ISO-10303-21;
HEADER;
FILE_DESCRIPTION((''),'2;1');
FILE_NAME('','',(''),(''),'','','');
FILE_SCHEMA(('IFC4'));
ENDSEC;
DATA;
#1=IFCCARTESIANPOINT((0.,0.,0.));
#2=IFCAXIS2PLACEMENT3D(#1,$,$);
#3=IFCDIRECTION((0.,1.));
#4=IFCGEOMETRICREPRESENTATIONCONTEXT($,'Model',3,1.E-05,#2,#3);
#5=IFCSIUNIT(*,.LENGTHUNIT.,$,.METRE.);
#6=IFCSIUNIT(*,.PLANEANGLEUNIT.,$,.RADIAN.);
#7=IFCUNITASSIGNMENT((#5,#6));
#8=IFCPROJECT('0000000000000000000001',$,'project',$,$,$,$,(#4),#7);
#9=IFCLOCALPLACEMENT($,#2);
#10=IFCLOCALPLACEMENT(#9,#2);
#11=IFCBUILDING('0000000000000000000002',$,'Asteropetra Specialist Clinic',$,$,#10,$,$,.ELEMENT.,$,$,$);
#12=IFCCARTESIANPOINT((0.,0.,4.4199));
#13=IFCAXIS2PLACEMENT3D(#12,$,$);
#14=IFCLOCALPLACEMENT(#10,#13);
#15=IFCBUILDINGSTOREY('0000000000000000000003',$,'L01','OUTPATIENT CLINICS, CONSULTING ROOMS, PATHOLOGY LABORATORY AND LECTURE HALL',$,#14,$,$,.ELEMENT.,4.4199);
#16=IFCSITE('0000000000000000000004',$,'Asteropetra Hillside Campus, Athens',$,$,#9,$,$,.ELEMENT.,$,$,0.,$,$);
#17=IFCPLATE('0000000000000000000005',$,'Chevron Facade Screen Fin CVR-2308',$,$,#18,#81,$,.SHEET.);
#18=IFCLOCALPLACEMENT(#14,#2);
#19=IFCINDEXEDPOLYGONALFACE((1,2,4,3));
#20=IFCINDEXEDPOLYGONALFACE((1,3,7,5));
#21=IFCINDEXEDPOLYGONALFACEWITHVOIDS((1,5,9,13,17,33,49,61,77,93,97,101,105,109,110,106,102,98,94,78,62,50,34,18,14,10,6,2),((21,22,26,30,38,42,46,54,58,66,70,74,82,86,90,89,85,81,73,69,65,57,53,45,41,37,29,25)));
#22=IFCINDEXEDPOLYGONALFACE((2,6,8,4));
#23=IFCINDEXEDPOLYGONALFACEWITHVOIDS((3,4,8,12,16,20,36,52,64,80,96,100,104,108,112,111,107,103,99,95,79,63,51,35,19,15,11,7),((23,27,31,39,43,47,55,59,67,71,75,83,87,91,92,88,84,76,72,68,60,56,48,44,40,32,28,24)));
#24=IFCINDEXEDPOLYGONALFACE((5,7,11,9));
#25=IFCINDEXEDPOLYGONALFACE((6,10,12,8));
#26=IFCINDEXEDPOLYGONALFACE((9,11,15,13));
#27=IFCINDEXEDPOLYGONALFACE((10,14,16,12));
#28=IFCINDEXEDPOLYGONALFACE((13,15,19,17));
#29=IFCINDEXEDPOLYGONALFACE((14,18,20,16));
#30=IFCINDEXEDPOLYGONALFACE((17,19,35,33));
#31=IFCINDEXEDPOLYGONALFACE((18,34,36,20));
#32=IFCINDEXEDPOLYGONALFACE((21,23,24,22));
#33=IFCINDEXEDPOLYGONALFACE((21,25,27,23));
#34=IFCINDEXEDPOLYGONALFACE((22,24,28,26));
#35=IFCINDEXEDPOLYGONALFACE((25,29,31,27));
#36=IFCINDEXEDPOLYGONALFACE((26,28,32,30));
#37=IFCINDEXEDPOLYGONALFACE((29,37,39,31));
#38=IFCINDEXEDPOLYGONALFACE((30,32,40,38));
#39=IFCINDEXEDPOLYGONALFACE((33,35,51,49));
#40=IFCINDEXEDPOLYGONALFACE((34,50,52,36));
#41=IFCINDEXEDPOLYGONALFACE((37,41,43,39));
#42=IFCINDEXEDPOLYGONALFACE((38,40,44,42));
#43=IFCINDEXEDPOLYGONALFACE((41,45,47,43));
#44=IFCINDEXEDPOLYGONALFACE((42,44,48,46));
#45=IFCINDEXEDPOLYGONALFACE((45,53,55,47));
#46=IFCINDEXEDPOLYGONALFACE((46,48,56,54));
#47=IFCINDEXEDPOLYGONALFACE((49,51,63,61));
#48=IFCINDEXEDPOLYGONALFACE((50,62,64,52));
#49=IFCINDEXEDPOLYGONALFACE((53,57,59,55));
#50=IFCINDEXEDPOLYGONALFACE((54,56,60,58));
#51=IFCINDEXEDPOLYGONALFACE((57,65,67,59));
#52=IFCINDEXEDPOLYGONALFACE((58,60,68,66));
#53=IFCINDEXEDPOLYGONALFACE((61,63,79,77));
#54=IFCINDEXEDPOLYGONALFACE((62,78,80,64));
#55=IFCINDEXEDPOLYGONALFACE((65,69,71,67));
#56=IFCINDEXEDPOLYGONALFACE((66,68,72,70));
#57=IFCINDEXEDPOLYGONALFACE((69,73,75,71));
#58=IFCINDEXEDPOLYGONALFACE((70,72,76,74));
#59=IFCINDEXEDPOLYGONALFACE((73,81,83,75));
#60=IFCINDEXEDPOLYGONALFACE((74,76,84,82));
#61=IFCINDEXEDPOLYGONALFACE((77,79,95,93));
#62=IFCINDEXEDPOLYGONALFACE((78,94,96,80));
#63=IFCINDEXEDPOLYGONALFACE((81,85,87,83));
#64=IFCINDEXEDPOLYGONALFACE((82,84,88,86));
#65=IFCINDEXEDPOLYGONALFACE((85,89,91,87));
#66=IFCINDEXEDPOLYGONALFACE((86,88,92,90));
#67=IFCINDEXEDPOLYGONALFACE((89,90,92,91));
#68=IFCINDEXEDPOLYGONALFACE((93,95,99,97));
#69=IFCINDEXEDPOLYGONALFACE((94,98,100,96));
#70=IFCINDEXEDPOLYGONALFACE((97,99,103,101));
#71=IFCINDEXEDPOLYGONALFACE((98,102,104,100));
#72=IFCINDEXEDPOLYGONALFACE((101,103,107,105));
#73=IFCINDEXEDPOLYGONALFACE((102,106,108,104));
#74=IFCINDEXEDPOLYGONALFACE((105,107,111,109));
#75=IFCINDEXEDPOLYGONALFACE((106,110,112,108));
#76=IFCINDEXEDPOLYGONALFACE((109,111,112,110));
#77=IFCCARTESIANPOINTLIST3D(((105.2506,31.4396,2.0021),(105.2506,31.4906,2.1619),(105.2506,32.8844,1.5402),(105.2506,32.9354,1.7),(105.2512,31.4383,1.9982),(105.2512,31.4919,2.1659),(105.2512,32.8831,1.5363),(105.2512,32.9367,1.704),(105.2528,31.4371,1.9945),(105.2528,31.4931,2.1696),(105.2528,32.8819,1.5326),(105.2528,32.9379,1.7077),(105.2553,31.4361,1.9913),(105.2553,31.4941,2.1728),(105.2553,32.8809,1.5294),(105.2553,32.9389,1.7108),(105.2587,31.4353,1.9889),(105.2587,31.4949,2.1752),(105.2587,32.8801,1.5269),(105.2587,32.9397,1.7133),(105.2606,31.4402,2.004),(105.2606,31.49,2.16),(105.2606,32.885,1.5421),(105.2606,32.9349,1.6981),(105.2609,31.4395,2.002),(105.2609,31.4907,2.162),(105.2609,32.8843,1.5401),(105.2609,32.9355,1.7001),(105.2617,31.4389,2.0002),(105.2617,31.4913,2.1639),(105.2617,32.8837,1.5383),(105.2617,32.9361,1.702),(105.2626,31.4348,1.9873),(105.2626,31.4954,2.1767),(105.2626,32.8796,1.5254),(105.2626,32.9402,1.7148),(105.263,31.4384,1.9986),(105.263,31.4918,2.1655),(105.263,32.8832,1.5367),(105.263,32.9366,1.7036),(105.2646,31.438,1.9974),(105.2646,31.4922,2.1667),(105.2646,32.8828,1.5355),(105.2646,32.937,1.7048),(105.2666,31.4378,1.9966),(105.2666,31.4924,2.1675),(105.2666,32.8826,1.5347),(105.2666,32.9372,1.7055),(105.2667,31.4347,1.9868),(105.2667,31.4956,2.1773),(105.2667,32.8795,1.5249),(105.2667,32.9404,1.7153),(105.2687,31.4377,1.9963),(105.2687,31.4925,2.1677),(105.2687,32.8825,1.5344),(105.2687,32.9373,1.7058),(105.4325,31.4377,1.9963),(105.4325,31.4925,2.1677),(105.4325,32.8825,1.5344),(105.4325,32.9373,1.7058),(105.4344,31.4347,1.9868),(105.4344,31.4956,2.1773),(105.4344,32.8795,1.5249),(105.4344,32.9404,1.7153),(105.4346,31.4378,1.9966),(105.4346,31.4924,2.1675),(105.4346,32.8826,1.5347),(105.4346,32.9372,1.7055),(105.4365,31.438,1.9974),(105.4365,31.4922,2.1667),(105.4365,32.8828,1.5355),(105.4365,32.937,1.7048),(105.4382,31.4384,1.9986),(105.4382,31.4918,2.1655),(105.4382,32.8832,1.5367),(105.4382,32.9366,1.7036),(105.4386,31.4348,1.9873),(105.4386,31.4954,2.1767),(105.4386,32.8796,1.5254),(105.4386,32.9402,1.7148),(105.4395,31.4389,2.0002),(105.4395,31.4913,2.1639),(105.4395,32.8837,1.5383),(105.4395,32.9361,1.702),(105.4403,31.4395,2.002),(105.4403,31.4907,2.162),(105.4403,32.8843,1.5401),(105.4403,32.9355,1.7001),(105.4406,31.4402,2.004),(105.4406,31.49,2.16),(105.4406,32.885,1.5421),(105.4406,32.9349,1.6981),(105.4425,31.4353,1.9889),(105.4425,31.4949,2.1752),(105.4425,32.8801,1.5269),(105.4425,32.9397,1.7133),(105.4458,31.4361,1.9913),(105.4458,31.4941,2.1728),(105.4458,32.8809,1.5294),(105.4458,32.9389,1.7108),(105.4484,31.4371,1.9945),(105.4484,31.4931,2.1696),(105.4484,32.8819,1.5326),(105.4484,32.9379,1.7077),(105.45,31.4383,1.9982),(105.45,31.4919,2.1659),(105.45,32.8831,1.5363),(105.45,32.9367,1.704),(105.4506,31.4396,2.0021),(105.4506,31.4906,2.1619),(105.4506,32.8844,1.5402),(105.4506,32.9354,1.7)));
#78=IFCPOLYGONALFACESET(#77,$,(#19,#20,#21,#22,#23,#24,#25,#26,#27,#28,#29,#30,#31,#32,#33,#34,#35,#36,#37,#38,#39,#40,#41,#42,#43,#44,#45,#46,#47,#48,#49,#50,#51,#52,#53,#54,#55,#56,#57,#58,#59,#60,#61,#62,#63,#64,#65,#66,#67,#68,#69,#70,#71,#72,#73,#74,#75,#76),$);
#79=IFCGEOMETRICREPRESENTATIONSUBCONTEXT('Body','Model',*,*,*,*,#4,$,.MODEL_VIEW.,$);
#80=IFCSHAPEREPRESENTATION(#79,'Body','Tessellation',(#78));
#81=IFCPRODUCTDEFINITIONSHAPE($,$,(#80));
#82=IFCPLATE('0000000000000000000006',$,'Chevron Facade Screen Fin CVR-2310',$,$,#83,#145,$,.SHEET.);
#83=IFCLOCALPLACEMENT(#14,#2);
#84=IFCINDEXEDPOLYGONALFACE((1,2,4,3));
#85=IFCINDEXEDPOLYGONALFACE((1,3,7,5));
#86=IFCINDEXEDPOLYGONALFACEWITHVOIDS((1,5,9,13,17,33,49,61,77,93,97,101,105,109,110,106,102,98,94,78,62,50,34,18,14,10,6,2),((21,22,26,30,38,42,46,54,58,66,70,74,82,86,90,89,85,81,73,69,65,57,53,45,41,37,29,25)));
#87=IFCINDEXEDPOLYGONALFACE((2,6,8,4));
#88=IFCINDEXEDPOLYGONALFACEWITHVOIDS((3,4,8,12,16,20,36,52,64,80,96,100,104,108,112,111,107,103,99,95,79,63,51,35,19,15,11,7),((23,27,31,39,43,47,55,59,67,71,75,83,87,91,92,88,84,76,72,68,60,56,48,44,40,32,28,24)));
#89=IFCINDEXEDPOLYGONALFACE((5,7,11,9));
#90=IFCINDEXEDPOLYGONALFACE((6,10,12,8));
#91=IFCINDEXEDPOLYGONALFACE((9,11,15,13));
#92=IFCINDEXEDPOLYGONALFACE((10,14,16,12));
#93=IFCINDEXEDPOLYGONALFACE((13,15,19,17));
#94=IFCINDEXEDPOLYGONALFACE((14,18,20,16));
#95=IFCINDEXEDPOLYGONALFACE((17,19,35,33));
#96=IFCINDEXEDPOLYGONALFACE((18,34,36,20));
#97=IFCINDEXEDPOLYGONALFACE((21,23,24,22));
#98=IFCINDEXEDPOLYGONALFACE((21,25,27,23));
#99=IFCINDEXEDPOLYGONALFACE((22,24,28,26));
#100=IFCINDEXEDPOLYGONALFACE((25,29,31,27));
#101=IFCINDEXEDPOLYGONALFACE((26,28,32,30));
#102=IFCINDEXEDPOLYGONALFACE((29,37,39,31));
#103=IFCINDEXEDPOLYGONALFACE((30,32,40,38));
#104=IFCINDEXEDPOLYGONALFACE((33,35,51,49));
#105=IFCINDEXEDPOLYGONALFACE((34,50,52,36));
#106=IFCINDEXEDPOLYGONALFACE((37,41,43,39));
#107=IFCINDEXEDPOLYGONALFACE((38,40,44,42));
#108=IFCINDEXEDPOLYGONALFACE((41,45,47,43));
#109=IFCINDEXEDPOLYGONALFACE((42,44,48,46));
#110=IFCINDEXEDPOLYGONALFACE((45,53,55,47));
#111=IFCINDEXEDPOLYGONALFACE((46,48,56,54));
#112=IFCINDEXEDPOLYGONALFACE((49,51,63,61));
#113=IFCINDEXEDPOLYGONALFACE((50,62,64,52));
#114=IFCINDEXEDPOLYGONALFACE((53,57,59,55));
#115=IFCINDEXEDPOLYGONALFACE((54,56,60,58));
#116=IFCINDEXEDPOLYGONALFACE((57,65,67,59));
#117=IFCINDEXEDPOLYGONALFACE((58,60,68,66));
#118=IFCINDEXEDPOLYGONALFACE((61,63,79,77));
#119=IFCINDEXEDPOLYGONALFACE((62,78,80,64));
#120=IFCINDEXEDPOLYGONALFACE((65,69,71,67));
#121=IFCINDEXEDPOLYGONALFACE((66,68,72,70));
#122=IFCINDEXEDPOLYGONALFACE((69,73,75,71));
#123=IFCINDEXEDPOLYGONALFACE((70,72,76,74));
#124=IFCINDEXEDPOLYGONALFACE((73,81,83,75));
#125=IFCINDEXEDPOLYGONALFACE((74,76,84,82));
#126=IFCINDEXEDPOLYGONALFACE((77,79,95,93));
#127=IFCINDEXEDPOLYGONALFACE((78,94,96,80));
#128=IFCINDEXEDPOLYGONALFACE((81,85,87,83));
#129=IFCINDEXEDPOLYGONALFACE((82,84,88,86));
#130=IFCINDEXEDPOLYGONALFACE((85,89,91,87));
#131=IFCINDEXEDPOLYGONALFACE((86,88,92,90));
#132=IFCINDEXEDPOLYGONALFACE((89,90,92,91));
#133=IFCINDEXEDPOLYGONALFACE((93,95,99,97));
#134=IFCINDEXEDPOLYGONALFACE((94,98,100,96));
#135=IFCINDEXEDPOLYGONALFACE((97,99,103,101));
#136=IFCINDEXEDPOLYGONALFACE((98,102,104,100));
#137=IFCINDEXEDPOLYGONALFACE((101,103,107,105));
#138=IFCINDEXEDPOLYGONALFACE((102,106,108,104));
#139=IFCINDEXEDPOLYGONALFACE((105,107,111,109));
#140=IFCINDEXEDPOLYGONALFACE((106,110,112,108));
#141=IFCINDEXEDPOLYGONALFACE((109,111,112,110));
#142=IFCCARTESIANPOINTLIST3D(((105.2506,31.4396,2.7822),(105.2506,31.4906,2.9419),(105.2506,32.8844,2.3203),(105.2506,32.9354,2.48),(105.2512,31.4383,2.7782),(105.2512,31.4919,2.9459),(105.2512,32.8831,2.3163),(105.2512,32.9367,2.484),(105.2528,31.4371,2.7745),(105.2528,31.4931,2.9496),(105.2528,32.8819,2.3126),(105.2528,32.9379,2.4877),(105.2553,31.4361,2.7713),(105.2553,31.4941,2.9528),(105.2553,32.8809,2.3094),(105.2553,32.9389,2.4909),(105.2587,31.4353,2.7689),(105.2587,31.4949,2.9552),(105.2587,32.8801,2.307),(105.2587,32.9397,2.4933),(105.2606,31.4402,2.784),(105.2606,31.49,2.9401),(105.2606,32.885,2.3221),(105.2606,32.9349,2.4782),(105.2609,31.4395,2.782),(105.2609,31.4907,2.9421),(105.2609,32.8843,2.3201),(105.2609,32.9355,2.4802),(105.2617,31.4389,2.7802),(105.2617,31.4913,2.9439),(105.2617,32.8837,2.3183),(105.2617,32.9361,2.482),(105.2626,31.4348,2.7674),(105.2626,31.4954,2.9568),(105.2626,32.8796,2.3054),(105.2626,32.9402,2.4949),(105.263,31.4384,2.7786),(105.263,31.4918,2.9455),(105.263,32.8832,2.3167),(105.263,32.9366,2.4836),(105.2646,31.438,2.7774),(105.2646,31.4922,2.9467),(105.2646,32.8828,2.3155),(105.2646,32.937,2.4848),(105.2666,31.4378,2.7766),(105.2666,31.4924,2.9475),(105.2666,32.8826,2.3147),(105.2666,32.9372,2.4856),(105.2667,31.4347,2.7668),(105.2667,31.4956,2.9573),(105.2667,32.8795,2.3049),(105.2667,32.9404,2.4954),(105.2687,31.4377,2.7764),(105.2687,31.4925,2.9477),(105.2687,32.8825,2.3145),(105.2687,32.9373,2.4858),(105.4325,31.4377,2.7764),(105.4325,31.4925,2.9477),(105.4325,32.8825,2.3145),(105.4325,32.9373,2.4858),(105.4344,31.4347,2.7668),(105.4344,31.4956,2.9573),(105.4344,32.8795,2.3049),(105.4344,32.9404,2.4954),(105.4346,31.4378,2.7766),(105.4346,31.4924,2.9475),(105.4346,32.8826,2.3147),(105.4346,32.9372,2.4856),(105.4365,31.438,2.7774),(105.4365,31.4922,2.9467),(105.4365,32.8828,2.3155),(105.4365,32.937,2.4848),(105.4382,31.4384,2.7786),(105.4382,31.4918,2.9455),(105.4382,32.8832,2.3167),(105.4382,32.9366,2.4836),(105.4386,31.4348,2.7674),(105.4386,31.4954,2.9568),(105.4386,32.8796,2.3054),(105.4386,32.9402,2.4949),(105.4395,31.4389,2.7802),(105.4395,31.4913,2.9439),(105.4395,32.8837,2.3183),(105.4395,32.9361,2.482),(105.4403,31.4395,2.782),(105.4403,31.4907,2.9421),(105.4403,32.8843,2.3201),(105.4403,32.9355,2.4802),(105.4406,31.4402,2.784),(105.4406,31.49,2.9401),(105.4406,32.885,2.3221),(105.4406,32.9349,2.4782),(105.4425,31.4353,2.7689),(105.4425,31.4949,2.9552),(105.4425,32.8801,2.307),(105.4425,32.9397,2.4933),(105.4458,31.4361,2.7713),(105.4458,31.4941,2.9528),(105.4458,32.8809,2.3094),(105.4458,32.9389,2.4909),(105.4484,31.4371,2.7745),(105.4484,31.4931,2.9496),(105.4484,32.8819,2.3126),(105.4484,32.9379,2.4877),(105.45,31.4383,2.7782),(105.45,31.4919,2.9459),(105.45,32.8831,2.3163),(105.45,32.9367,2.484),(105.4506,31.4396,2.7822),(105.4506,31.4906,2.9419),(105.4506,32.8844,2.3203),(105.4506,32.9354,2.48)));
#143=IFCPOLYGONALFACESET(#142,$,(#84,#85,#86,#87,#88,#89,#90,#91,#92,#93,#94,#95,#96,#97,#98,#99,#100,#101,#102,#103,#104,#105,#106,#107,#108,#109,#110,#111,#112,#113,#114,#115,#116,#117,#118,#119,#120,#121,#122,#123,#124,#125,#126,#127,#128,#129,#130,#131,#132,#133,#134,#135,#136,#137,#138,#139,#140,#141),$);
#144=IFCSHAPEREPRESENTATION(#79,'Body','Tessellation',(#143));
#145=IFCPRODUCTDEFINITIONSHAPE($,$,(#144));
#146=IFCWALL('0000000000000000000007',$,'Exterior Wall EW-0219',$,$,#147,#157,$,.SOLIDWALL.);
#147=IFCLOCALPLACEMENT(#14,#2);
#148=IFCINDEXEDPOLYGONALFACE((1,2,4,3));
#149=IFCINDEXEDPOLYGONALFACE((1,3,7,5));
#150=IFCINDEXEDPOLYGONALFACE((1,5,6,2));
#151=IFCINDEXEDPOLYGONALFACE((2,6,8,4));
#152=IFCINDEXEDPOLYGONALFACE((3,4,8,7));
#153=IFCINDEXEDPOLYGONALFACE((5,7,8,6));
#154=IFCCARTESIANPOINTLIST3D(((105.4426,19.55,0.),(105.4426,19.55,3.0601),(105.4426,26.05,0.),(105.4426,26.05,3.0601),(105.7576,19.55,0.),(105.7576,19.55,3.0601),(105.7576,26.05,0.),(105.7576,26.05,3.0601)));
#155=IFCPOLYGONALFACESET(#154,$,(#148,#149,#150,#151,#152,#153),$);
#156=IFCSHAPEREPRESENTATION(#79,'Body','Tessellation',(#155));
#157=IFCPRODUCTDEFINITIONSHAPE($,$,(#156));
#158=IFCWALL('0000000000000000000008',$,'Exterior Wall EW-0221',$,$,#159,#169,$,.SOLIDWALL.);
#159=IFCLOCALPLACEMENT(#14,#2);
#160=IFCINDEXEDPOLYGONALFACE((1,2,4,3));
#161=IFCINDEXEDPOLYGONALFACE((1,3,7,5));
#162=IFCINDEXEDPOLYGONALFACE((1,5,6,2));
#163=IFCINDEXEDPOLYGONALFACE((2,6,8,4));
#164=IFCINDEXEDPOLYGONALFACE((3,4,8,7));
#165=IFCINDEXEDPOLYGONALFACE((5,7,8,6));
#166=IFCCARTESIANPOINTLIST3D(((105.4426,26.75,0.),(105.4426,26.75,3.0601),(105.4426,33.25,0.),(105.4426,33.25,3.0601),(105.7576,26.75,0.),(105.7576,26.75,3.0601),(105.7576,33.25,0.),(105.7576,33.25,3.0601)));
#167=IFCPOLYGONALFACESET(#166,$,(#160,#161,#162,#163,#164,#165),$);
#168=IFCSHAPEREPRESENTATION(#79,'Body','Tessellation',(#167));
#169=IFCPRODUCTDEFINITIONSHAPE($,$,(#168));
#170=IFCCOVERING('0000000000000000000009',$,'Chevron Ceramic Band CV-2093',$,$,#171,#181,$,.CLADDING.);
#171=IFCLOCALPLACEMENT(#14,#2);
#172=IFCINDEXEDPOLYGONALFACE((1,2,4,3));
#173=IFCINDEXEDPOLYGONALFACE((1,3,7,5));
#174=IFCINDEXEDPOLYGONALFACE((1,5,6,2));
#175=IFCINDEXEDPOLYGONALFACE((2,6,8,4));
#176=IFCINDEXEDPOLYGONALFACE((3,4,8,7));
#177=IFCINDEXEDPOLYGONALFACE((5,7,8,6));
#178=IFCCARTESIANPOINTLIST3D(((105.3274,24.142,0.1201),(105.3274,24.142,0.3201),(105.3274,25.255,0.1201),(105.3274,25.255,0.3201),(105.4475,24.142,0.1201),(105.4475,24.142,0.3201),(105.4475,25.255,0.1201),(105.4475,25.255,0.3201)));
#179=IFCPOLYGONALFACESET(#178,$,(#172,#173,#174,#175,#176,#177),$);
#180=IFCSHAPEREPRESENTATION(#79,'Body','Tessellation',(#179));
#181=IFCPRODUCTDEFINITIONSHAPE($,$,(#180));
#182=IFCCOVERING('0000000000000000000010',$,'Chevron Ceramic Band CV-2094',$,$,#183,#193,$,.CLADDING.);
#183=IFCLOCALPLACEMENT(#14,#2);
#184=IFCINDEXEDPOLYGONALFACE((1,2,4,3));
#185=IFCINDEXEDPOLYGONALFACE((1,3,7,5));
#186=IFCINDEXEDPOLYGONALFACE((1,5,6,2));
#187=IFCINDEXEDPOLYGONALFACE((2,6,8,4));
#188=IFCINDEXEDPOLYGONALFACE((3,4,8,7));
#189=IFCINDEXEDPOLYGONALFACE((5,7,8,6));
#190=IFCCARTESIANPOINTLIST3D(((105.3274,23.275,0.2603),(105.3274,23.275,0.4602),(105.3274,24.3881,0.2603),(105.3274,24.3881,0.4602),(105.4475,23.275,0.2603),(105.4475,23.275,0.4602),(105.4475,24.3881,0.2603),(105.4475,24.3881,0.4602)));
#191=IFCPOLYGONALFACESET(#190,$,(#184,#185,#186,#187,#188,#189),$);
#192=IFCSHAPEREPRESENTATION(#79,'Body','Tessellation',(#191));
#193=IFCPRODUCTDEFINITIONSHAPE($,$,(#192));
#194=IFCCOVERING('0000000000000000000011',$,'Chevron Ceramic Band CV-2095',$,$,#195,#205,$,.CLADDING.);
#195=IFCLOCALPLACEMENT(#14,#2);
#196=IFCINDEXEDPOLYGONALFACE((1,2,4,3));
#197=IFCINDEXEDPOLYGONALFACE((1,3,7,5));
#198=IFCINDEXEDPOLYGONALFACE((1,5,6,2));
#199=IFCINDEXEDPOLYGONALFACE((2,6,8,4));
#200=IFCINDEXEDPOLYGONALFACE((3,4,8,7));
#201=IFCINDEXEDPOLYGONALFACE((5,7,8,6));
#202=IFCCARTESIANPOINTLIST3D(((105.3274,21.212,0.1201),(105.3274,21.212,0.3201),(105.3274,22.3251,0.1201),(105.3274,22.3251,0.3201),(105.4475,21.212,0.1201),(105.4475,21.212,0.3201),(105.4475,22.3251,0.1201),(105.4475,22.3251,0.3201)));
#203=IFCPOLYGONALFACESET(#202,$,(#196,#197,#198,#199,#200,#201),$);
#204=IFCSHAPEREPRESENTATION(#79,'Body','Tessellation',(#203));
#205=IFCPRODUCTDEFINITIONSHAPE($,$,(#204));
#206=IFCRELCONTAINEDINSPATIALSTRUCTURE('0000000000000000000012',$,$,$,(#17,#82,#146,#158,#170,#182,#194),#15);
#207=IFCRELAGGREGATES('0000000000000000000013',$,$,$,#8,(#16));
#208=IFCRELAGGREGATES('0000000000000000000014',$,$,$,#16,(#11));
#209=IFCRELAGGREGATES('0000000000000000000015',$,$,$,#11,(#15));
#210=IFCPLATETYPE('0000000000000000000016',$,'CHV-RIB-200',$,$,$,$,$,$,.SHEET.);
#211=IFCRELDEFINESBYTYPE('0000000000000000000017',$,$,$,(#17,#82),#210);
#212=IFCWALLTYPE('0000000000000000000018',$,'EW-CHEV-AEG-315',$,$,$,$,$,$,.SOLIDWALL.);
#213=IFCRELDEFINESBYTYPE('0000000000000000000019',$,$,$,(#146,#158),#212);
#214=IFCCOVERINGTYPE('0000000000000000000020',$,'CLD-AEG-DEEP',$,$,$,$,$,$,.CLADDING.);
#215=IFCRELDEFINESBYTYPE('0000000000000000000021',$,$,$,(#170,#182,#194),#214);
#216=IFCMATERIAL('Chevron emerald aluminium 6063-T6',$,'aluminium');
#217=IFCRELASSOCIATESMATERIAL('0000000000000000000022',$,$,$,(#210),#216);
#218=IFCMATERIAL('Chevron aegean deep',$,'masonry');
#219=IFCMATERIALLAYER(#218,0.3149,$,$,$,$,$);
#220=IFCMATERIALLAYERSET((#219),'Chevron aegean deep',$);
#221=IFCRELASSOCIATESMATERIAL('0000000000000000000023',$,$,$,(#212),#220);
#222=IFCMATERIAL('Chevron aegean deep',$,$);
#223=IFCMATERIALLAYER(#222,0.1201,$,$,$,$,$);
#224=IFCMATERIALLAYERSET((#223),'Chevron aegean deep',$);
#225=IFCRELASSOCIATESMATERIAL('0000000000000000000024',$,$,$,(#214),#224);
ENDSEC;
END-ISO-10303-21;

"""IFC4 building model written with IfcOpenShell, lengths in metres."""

from ifc_helpers import new_model, si_unit, direction, frame, frame_2d, origin, origin_2d, place, context, subcontext, project, spatial, rectangle, hollow_rectangle, extrude, material, layer, layer_set, material_profile, profile_set, type_object, element, save


model = new_model("IFC4")

# Units and contexts
model_context = context("Model", 3, precision=1e-05, world=origin(), true_north=direction((0.0, 1.0)))
body_context = subcontext(model_context, "Body", "Model", "MODEL_VIEW")
ifc_project = project(units=[si_unit("LENGTHUNIT", "METRE"), si_unit("PLANEANGLEUNIT", "RADIAN")], contexts=[model_context])

# Site, building, storey
site_placement = place(None, origin())
site = spatial("IfcSite", under=ifc_project, at=site_placement, Name="Asteropetra Hillside Campus, Athens", CompositionType="ELEMENT", RefElevation=0.0)
building_placement = place(site_placement, origin())
building = spatial("IfcBuilding", under=site, at=building_placement, Name="Asteropetra Specialist Clinic", CompositionType="ELEMENT")
storey_placement = place(building_placement, frame((0.0, 0.0, 4.4199)))
storey = spatial("IfcBuildingStorey", under=building, at=storey_placement, Name="L01", Description="OUTPATIENT CLINICS, CONSULTING ROOMS, PATHOLOGY LABORATORY AND LECTURE HALL", CompositionType="ELEMENT", Elevation=4.4199)

# Plates
ifc_material_1 = material(Name="Chevron emerald aluminium 6063-T6", Category="aluminium")
ifc_material_profile_1 = material_profile(ifc_material_1, hollow_rectangle(XDim=0.2, YDim=0.2, WallThickness=0.01, InnerFilletRadius=0.0081, OuterFilletRadius=0.0161, at=origin_2d()), Name="SHS 200x200x10.0")
ifc_profile_set_1 = profile_set([ifc_material_profile_1], Name="Chevron emerald aluminium 6063-T6")
plate_type = type_object("IfcPlateType", Name="CHV-RIB-200", PredefinedType="SHEET", material=ifc_profile_set_1)
for number, where, z_axis, x_axis, name in (
    (1, (105.3506, 32.9099, 1.6201), (0.0, -0.952506, 0.304519), (1.0, 0.0, 0.0), "Chevron Facade Screen Fin CVR-2308"),
    (2, (105.3506, 32.9099, 2.4001), (0.0, -0.952506, 0.304519), (1.0, 0.0, 0.0), "Chevron Facade Screen Fin CVR-2310"),
):
    element("IfcPlate", number, at=place(storey_placement, frame(where, z_axis=z_axis, x_axis=x_axis)), inside=storey, type_object=plate_type, Name=name, PredefinedType="SHEET", context=body_context, shape_type="SweptSolid", body=[
        extrude(hollow_rectangle(XDim=0.2, YDim=0.2, WallThickness=0.01, InnerFilletRadius=0.0081, OuterFilletRadius=0.0161, at=origin_2d()), origin(), (0.0, 0.0, 1.0), 1.5168),
    ])

# Walls
ifc_material_2 = material(Name="Chevron aegean deep", Category="masonry")
ifc_layer_1 = layer(ifc_material_2, 0.3149)
ifc_layer_set_1 = layer_set([ifc_layer_1], Name="Chevron aegean deep")
wall_type = type_object("IfcWallType", Name="EW-CHEV-AEG-315", PredefinedType="SOLIDWALL", material=ifc_layer_set_1)
for number, where, z_axis, x_axis, name in (
    (3, (105.6001, 26.05, 0.0), (0.0, 0.0, 1.0), (0.0, -1.0, 0.0), "Exterior Wall EW-0219"),
    (4, (105.6001, 33.25, 0.0), (0.0, 0.0, 1.0), (0.0, -1.0, 0.0), "Exterior Wall EW-0221"),
):
    element("IfcWall", number, at=place(storey_placement, frame(where, z_axis=z_axis, x_axis=x_axis)), inside=storey, type_object=wall_type, Name=name, PredefinedType="SOLIDWALL", context=body_context, shape_type="SweptSolid", body=[
        extrude(rectangle(XDim=6.5, YDim=0.3149, at=frame_2d((3.25, 0.0))), origin(), (0.0, 0.0, 1.0), 3.0601),
    ])

# Coverings
ifc_material_3 = material(Name="Chevron aegean deep")
ifc_layer_2 = layer(ifc_material_3, 0.1201)
ifc_layer_set_2 = layer_set([ifc_layer_2], Name="Chevron aegean deep")
covering_type = type_object("IfcCoveringType", Name="CLD-AEG-DEEP", PredefinedType="CLADDING", material=ifc_layer_set_2)
for number, where, z_axis, x_axis, name in (
    (5, (105.3875, 24.6985, 0.1201), (0.0, 0.0, 1.0), (1.0, 0.0, 0.0), "Chevron Ceramic Band CV-2093"),
    (6, (105.3875, 23.8315, 0.2603), (0.0, 0.0, 1.0), (1.0, 0.0, 0.0), "Chevron Ceramic Band CV-2094"),
    (7, (105.3875, 21.7686, 0.1201), (0.0, 0.0, 1.0), (1.0, 0.0, 0.0), "Chevron Ceramic Band CV-2095"),
):
    element("IfcCovering", number, at=place(storey_placement, frame(where, z_axis=z_axis, x_axis=x_axis)), inside=storey, type_object=covering_type, Name=name, PredefinedType="CLADDING", context=body_context, shape_type="SweptSolid", body=[
        extrude(rectangle(XDim=0.1201, YDim=1.113, at=origin_2d()), origin(), (0.0, 0.0, 1.0), 0.2),
    ])

save(model, "model.ifc")
